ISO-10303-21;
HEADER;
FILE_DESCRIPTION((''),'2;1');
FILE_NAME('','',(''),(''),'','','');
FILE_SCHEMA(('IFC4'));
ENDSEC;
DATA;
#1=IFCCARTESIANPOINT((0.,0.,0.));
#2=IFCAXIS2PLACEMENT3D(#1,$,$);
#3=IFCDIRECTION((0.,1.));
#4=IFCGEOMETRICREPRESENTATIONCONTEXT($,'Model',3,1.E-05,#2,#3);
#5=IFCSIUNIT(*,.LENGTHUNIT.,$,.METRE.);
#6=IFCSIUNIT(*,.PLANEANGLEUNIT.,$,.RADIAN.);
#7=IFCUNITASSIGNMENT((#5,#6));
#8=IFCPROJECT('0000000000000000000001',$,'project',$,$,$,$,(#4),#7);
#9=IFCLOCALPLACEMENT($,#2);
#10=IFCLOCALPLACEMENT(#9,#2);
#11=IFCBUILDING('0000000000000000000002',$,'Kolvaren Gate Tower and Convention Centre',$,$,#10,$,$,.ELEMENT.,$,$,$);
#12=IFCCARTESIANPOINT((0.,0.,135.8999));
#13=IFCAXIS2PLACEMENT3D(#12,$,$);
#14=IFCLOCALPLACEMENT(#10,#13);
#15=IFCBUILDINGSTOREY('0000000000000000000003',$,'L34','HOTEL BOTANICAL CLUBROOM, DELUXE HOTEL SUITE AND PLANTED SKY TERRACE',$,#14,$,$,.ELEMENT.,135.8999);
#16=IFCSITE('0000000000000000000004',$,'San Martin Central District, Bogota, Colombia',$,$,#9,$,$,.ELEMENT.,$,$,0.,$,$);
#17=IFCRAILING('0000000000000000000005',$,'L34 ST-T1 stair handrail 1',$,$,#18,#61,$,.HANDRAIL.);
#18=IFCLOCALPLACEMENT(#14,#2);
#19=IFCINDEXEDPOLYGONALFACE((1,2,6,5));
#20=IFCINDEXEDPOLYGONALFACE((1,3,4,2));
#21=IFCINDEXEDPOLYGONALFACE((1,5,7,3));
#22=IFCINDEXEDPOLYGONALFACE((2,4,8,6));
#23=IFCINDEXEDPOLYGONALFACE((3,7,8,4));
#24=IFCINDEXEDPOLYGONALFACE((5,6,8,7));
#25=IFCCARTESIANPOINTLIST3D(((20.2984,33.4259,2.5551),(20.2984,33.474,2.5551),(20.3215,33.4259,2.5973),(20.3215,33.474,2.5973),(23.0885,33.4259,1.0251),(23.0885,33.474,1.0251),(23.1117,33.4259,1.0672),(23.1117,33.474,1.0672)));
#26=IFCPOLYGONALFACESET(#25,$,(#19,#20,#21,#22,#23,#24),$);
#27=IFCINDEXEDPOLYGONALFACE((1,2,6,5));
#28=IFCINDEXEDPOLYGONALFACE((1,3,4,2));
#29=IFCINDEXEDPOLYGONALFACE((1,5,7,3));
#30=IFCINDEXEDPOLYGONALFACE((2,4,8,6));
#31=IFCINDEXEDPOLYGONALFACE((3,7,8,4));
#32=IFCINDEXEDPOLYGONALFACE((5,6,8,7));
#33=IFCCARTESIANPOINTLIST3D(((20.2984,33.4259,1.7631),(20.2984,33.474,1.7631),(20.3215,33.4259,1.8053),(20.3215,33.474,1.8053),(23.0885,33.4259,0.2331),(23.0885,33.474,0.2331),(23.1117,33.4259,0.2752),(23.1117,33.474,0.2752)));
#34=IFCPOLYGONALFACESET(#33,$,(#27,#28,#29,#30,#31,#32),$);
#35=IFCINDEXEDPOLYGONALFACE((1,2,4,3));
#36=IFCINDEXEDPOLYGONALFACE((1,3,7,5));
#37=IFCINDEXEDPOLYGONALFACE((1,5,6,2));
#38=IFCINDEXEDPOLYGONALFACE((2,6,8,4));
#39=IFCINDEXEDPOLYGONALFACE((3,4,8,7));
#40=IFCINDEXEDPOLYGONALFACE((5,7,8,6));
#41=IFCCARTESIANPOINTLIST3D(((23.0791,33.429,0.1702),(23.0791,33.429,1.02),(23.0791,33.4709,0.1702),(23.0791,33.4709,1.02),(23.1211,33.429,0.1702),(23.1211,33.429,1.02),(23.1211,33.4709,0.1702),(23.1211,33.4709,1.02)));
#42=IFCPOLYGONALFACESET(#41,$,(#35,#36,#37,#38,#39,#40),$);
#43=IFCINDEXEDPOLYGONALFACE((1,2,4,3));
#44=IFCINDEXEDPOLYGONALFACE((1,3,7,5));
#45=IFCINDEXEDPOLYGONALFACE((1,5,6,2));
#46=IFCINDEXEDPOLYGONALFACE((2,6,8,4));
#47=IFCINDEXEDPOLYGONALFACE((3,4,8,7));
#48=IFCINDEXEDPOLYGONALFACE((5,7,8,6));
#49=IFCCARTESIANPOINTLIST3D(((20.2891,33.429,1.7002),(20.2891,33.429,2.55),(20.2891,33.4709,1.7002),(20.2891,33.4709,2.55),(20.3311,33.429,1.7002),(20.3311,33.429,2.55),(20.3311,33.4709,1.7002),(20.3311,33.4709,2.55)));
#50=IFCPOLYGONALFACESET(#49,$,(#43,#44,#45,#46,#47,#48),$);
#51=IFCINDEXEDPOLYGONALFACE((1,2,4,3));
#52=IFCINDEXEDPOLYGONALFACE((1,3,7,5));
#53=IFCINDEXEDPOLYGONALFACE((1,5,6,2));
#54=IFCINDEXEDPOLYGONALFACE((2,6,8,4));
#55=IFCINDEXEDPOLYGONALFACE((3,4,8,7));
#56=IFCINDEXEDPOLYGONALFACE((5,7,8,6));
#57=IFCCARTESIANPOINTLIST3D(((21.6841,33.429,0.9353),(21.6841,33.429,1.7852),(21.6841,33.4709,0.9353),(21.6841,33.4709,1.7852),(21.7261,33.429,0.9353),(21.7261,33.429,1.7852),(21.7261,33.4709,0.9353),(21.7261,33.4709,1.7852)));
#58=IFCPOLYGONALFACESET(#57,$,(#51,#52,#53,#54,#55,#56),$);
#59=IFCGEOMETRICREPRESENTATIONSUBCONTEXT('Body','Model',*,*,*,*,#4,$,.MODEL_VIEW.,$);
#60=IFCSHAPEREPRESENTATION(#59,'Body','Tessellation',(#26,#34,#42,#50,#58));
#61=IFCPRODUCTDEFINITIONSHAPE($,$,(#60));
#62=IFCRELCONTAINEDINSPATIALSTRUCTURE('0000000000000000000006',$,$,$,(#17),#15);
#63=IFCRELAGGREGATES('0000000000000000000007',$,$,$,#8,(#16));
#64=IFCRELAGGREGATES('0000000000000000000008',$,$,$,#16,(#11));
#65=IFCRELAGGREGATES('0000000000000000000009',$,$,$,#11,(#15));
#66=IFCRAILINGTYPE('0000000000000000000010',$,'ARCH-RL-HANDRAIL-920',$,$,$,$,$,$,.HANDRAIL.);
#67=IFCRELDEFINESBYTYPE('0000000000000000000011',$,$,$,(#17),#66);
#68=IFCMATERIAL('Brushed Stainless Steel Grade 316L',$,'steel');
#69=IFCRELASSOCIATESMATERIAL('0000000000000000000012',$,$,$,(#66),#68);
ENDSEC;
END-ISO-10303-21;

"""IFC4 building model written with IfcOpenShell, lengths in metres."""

from ifc_helpers import new_model, si_unit, direction, frame, origin, origin_2d, place, context, subcontext, project, spatial, rectangle, extrude, material, type_object, element, save


model = new_model("IFC4")

# Units and contexts
model_context = context("Model", 3, precision=1e-05, world=origin(), true_north=direction((0.0, 1.0)))
body_context = subcontext(model_context, "Body", "Model", "MODEL_VIEW")
ifc_project = project(units=[si_unit("LENGTHUNIT", "METRE"), si_unit("PLANEANGLEUNIT", "RADIAN")], contexts=[model_context])

# Site, building, storey
site_placement = place(None, origin())
site = spatial("IfcSite", under=ifc_project, at=site_placement, Name="San Martin Central District, Bogota, Colombia", CompositionType="ELEMENT", RefElevation=0.0)
building_placement = place(site_placement, origin())
building = spatial("IfcBuilding", under=site, at=building_placement, Name="Kolvaren Gate Tower and Convention Centre", CompositionType="ELEMENT")
storey_placement = place(building_placement, frame((0.0, 0.0, 135.8999)))
storey = spatial("IfcBuildingStorey", under=building, at=storey_placement, Name="L34", Description="HOTEL BOTANICAL CLUBROOM, DELUXE HOTEL SUITE AND PLANTED SKY TERRACE", CompositionType="ELEMENT", Elevation=135.8999)

# Shared definitions
ifc_material_1 = material(Name="Brushed Stainless Steel Grade 316L", Category="steel")

# Railing
railing_type_1 = type_object("IfcRailingType", Name="ARCH-RL-HANDRAIL-920", PredefinedType="HANDRAIL", material=ifc_material_1)
railing_1_placement = place(storey_placement, frame((23.1001, 33.45, 0.1702)))
element("IfcRailing", 1, at=railing_1_placement, inside=storey, type_object=railing_type_1, Name="L34 ST-T1 stair handrail 1", PredefinedType="HANDRAIL", context=body_context, shape_type="SweptSolid", body=[
    extrude(rectangle(XDim=0.0481, YDim=0.0481, at=origin_2d()), frame((0.0, 0.0, 0.876), z_axis=(-0.876811, 0.0, 0.480835), x_axis=(0.0, -1.0, 0.0)), (0.0, 0.0, 1.0), 3.1821),
    extrude(rectangle(XDim=0.0481, YDim=0.0481, at=origin_2d()), frame((0.0, 0.0, 0.084), z_axis=(-0.876811, 0.0, 0.480835), x_axis=(0.0, -1.0, 0.0)), (0.0, 0.0, 1.0), 3.1821),
    extrude(rectangle(XDim=0.042, YDim=0.042, at=origin_2d()), origin(), (0.0, 0.0, 1.0), 0.8499),
    extrude(rectangle(XDim=0.042, YDim=0.042, at=origin_2d()), frame((-2.79, 0.0, 1.53)), (0.0, 0.0, 1.0), 0.8499),
    extrude(rectangle(XDim=0.042, YDim=0.042, at=origin_2d()), frame((-1.395, 0.0, 0.7651)), (0.0, 0.0, 1.0), 0.8499),
])

save(model, "model.ifc")
